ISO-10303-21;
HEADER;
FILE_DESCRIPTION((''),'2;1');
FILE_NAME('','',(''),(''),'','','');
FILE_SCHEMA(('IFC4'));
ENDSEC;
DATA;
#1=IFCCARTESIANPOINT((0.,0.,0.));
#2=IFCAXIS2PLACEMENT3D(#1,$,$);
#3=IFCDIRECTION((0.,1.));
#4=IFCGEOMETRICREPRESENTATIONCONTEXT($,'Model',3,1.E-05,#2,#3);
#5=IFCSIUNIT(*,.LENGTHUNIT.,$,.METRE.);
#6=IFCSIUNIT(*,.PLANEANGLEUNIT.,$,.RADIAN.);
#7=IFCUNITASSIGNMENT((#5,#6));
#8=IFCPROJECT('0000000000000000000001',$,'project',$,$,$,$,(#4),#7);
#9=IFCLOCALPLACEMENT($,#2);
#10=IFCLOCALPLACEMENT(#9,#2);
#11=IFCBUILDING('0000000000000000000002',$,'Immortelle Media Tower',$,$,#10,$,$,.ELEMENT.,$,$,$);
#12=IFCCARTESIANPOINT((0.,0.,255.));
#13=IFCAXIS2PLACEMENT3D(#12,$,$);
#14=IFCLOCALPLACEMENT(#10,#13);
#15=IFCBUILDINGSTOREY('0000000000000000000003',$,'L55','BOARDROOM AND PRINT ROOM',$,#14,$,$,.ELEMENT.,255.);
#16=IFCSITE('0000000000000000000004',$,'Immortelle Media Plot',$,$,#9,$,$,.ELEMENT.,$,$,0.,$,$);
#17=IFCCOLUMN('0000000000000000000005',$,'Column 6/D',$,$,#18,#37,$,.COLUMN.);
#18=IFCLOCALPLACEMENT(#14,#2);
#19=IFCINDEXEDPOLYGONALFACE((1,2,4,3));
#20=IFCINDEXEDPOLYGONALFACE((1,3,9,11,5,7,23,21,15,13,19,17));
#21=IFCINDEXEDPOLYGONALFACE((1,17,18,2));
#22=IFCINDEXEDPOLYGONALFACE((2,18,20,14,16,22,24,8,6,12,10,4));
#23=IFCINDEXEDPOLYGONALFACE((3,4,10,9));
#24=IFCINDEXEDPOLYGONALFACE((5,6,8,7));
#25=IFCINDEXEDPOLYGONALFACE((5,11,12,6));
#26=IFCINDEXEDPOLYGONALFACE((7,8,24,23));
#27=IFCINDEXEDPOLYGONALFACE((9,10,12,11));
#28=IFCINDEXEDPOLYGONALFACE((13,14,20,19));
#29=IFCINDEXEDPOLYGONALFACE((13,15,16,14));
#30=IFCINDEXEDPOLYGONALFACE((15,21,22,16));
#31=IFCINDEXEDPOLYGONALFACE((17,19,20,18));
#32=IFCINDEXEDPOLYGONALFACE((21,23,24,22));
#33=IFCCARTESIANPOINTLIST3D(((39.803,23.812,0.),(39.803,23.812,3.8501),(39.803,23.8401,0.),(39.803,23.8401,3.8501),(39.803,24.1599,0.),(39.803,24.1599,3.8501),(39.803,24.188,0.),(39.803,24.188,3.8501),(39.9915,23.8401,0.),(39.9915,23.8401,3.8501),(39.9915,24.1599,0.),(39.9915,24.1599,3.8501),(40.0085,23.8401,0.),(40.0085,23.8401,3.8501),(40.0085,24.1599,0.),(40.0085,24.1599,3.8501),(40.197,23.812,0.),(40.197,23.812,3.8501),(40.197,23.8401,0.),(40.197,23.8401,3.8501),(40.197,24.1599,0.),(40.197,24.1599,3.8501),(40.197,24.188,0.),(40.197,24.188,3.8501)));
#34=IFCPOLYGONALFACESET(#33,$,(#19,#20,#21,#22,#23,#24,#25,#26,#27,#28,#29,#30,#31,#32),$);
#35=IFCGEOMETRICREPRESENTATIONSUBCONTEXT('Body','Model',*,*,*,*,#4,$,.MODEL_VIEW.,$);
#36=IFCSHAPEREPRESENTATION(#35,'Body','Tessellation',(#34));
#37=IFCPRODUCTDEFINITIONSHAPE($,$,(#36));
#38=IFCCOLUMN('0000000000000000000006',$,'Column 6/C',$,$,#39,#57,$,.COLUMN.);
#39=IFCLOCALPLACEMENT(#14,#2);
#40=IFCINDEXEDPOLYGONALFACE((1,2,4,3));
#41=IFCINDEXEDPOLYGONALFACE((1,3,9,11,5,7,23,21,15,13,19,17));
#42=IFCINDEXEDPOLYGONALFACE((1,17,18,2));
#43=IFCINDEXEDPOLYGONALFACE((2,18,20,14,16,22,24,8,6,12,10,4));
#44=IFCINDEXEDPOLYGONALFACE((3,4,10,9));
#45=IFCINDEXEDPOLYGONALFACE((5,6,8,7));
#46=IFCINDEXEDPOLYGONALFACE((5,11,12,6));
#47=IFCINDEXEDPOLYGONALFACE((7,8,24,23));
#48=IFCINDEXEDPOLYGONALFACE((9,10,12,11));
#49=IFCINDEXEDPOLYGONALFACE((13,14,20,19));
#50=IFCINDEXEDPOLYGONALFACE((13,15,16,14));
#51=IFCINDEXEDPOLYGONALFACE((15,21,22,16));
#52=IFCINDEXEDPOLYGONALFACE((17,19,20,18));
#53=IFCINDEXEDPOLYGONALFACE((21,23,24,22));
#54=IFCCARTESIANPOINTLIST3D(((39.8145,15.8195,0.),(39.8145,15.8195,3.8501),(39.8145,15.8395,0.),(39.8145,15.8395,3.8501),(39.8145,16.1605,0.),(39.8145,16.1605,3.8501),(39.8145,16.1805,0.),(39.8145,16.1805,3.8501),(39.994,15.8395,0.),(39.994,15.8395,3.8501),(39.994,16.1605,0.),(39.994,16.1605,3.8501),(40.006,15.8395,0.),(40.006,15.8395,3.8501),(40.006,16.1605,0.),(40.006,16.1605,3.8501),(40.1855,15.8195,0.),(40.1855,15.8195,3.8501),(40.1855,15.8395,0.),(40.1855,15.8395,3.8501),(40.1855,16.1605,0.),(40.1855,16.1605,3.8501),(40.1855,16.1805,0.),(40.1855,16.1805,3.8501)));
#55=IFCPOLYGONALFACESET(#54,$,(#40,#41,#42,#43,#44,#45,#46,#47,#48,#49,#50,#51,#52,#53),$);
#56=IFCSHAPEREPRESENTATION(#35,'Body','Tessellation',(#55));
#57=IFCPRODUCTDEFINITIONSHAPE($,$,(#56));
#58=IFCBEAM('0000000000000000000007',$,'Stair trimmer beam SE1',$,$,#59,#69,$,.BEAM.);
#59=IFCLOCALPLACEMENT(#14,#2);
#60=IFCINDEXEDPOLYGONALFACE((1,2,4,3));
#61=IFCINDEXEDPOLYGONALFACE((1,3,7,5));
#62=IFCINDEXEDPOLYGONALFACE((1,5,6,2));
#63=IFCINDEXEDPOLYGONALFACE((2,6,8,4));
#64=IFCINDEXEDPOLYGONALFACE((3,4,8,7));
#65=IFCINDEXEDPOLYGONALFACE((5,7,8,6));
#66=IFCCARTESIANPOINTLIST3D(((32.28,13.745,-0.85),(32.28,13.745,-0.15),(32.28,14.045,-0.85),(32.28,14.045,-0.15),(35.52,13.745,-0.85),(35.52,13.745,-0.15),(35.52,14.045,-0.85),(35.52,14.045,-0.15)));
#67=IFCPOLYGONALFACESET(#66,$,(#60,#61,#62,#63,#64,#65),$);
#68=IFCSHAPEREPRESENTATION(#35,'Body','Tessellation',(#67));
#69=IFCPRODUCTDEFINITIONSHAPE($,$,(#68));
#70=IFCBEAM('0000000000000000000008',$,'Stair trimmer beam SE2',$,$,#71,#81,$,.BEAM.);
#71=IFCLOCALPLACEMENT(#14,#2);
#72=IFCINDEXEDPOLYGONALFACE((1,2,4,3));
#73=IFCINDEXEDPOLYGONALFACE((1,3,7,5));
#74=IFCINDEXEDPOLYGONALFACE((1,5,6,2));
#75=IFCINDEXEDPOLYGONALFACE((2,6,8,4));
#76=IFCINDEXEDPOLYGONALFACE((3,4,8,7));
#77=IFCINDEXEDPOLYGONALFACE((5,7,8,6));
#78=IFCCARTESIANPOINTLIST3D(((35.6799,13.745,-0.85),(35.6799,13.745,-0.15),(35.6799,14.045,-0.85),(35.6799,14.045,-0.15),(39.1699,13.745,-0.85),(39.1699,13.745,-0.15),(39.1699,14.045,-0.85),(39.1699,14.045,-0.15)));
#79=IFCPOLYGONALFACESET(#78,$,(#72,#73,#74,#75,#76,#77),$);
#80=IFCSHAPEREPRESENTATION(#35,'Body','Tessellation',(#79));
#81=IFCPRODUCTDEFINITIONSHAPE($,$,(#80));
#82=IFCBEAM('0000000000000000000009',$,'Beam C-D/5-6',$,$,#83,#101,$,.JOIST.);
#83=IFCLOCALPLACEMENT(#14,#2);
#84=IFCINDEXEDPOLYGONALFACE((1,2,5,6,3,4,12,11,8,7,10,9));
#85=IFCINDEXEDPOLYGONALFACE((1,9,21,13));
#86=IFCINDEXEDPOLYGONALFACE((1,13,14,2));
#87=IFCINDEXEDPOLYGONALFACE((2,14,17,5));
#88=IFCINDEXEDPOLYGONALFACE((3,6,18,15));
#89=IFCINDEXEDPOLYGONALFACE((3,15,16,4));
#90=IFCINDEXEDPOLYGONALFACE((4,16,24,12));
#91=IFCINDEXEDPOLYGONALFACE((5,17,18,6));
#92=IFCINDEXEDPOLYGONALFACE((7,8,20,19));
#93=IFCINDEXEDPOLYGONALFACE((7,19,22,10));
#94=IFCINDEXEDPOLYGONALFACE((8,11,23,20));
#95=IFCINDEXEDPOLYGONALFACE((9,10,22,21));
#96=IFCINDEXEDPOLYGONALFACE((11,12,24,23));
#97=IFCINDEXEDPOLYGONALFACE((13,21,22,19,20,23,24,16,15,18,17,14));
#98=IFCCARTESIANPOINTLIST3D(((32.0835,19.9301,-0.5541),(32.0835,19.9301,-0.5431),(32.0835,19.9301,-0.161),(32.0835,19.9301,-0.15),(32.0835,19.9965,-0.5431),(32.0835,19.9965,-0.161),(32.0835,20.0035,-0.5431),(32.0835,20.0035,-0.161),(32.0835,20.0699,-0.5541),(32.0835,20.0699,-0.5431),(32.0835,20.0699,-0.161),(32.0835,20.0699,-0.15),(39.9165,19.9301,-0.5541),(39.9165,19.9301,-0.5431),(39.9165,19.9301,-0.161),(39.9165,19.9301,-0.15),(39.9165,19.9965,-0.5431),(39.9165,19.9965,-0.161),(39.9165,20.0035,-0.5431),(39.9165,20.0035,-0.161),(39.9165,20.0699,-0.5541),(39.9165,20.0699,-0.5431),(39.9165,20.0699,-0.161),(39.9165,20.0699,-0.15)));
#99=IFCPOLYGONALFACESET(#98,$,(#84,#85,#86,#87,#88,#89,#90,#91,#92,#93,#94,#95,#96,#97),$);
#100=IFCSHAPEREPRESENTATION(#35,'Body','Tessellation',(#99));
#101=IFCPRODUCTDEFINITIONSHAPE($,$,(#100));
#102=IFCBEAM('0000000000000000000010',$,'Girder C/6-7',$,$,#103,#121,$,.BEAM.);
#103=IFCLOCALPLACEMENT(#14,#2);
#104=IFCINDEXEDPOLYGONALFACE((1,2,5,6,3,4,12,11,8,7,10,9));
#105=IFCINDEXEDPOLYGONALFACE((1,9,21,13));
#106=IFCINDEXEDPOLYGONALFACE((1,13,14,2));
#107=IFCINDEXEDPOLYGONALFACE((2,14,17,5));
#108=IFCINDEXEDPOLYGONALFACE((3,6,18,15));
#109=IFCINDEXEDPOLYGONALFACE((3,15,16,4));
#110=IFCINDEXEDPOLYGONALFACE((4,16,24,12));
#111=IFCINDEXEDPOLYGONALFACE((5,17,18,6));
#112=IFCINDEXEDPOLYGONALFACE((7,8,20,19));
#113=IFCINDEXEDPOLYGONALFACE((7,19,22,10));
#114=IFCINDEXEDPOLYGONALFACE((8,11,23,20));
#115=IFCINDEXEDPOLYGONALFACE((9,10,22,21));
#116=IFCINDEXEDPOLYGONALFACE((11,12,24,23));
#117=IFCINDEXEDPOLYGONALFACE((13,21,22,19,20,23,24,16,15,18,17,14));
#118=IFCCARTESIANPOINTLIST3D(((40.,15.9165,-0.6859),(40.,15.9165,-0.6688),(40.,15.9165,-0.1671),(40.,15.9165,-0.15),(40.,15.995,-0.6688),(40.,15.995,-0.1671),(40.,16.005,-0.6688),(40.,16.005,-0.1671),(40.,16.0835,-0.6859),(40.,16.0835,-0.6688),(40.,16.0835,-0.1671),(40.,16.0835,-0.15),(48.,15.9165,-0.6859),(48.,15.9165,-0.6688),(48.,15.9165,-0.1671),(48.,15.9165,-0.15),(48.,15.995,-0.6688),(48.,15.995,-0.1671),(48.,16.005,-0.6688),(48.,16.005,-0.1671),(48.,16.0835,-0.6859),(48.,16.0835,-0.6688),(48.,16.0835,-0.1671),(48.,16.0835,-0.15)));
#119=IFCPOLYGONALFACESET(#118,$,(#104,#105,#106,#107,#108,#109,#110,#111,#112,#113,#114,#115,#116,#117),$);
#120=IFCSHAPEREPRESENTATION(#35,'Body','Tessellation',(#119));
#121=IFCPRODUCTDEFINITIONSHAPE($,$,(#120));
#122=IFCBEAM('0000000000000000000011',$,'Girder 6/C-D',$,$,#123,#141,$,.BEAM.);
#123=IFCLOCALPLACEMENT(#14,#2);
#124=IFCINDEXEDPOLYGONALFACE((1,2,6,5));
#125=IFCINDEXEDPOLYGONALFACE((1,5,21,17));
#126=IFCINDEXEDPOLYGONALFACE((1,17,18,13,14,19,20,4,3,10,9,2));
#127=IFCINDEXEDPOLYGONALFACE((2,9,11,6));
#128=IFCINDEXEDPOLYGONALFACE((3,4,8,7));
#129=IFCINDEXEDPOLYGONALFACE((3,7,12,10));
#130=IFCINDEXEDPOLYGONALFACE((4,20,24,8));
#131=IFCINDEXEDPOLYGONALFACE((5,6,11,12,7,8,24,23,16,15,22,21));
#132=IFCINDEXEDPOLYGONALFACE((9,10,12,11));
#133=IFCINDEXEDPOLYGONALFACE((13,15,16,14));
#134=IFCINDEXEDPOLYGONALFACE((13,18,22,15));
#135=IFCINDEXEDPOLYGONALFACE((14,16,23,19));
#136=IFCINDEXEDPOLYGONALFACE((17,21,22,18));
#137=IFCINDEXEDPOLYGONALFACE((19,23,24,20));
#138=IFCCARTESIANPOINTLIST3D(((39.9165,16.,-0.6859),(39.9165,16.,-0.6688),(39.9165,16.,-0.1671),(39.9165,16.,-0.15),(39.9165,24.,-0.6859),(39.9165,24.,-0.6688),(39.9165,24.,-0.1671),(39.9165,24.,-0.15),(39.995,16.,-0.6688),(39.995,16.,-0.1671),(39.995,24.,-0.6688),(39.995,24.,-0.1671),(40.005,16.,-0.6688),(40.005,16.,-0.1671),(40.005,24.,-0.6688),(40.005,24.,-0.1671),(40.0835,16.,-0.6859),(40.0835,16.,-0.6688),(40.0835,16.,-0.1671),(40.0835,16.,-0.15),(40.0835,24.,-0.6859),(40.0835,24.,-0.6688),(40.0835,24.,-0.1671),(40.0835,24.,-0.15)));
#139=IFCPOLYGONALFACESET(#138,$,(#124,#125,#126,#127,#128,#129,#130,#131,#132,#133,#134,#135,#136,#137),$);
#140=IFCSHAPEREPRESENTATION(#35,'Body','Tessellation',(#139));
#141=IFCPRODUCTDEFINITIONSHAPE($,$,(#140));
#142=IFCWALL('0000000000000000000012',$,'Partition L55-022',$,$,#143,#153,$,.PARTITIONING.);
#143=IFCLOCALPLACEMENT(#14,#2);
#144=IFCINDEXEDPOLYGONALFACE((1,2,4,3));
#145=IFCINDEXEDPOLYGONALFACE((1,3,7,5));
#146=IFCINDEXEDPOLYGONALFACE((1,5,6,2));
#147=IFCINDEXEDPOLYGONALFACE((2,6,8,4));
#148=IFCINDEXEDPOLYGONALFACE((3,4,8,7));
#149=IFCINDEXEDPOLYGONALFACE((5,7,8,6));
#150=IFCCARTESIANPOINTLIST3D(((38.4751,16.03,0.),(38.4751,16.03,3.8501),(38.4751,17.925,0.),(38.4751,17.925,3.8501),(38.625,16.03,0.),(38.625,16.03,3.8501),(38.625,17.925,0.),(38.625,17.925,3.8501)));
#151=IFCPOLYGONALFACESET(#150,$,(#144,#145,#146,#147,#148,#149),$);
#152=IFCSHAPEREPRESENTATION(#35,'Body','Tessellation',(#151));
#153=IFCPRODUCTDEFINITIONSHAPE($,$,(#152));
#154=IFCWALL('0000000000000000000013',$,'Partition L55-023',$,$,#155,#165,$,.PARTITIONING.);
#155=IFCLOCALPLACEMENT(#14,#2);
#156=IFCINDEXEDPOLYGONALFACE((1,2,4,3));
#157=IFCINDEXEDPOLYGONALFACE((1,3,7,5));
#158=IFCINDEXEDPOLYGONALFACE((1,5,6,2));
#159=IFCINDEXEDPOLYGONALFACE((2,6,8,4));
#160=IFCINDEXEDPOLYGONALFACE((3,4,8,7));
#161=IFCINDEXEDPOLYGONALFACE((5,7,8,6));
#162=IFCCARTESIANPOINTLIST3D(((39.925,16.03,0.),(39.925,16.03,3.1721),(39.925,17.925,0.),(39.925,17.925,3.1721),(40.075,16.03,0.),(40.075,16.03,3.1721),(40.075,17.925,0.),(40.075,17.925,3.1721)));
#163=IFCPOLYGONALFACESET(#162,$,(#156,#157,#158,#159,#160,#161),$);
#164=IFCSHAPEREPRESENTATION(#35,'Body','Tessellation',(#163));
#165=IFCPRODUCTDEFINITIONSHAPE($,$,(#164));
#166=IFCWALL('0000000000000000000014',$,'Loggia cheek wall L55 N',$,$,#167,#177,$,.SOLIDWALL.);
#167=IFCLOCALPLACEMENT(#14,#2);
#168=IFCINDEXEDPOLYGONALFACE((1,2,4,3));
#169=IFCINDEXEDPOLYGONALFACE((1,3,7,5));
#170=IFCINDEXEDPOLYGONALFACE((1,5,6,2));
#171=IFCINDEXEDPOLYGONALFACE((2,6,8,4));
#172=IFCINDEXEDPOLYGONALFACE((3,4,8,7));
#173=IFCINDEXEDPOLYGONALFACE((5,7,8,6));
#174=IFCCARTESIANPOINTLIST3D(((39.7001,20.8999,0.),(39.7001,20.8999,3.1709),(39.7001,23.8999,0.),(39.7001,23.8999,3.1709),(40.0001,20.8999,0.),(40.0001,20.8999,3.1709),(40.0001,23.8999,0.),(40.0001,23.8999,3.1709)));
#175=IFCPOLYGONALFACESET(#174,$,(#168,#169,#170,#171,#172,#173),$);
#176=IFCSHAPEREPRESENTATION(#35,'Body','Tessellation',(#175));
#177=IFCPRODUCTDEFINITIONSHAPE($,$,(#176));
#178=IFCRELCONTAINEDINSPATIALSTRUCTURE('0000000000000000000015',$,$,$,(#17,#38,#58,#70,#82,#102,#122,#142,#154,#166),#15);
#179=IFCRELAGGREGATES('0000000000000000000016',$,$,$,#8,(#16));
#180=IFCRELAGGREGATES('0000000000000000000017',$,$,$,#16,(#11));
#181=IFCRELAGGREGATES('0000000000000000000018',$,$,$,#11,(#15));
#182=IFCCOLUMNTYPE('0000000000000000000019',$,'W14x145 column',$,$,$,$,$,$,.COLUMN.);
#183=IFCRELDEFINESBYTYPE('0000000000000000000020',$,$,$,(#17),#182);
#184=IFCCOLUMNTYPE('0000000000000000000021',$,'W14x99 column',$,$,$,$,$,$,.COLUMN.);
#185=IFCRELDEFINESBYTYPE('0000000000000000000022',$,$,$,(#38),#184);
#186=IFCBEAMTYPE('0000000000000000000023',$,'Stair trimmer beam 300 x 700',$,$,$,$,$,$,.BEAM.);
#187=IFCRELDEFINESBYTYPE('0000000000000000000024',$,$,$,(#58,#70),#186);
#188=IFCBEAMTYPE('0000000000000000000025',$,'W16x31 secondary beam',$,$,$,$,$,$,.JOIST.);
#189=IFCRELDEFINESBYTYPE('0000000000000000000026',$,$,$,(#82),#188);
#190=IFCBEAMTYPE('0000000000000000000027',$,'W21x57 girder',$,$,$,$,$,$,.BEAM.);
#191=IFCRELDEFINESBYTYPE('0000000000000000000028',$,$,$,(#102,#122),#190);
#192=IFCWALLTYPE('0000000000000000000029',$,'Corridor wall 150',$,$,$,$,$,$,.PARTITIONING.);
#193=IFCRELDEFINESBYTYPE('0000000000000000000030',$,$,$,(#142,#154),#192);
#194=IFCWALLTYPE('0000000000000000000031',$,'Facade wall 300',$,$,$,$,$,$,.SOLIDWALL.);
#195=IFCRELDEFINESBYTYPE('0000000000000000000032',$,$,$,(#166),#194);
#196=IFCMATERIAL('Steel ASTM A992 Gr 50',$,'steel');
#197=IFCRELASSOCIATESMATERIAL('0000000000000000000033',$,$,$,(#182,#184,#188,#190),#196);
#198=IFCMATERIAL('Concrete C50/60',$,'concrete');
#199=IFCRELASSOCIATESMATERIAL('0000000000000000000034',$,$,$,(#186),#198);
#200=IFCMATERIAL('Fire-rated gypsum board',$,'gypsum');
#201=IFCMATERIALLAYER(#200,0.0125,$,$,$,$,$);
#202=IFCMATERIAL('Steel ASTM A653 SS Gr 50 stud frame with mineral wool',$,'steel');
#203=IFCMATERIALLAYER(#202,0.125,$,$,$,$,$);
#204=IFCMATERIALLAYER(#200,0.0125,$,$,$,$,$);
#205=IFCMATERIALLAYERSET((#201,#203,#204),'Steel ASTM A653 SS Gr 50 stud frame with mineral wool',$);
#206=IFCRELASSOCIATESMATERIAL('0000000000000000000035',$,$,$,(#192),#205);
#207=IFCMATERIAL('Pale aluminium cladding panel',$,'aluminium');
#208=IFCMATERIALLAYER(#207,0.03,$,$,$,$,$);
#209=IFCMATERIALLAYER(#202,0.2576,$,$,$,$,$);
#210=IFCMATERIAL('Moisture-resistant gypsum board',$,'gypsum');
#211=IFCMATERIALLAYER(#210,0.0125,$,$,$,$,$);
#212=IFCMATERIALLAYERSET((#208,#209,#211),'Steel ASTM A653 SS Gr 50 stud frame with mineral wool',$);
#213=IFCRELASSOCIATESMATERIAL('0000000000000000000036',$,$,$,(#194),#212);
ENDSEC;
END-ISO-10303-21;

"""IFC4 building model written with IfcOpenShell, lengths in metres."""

from ifc_helpers import new_model, si_unit, direction, frame, frame_2d, origin, origin_2d, place, context, subcontext, project, spatial, rectangle, i_section, extrude, material, layer, layer_set, material_profile, profile_set, type_object, element, save


model = new_model("IFC4")

# Units and contexts
model_context = context("Model", 3, precision=1e-05, world=origin(), true_north=direction((0.0, 1.0)))
body_context = subcontext(model_context, "Body", "Model", "MODEL_VIEW")
ifc_project = project(units=[si_unit("LENGTHUNIT", "METRE"), si_unit("PLANEANGLEUNIT", "RADIAN")], contexts=[model_context])

# Site, building, storey
site_placement = place(None, origin())
site = spatial("IfcSite", under=ifc_project, at=site_placement, Name="Immortelle Media Plot", CompositionType="ELEMENT", RefElevation=0.0)
building_placement = place(site_placement, origin())
building = spatial("IfcBuilding", under=site, at=building_placement, Name="Immortelle Media Tower", CompositionType="ELEMENT")
storey_placement = place(building_placement, frame((0.0, 0.0, 255.0)))
storey = spatial("IfcBuildingStorey", under=building, at=storey_placement, Name="L55", Description="BOARDROOM AND PRINT ROOM", CompositionType="ELEMENT", Elevation=255.0)

# Columns
ifc_material_1 = material(Name="Steel ASTM A992 Gr 50", Category="steel")
ifc_material_profile_1 = material_profile(ifc_material_1, i_section(OverallWidth=0.394, OverallDepth=0.376, WebThickness=0.0171, FlangeThickness=0.0281, at=origin_2d()), Name="W14x145")
ifc_profile_set_1 = profile_set([ifc_material_profile_1], Name="Steel ASTM A992 Gr 50")
column_type_1 = type_object("IfcColumnType", Name="W14x145 column", PredefinedType="COLUMN", material=ifc_profile_set_1)
column_1_placement = place(storey_placement, frame((40.0, 24.0, 0.0), z_axis=(0.0, 0.0, 1.0), x_axis=(1.0, 0.0, 0.0)))
element("IfcColumn", 1, at=column_1_placement, inside=storey, type_object=column_type_1, Name="Column 6/D", PredefinedType="COLUMN", context=body_context, shape_type="SweptSolid", body=[
    extrude(i_section(OverallWidth=0.394, OverallDepth=0.376, WebThickness=0.0171, FlangeThickness=0.0281, at=origin_2d()), origin(), (0.0, 0.0, 1.0), 3.8501),
])
ifc_material_profile_2 = material_profile(ifc_material_1, i_section(OverallWidth=0.3711, OverallDepth=0.3611, WebThickness=0.012, FlangeThickness=0.02, at=origin_2d()), Name="W14x99")
ifc_profile_set_2 = profile_set([ifc_material_profile_2], Name="Steel ASTM A992 Gr 50")
column_type_2 = type_object("IfcColumnType", Name="W14x99 column", PredefinedType="COLUMN", material=ifc_profile_set_2)
column_2_placement = place(storey_placement, frame((40.0, 16.0, 0.0), z_axis=(0.0, 0.0, 1.0), x_axis=(1.0, 0.0, 0.0)))
element("IfcColumn", 2, at=column_2_placement, inside=storey, type_object=column_type_2, Name="Column 6/C", PredefinedType="COLUMN", context=body_context, shape_type="SweptSolid", body=[
    extrude(i_section(OverallWidth=0.3711, OverallDepth=0.3611, WebThickness=0.012, FlangeThickness=0.02, at=origin_2d()), origin(), (0.0, 0.0, 1.0), 3.8501),
])

# Beams
ifc_material_2 = material(Name="Concrete C50/60", Category="concrete")
ifc_material_profile_3 = material_profile(ifc_material_2, rectangle(XDim=0.3, YDim=0.7, at=origin_2d()), Name="RC 300x700")
ifc_profile_set_3 = profile_set([ifc_material_profile_3], Name="Concrete C50/60")
beam_type_1 = type_object("IfcBeamType", Name="Stair trimmer beam 300 x 700", PredefinedType="BEAM", material=ifc_profile_set_3)
beam_1_placement = place(storey_placement, frame((32.28, 13.895, -0.5), z_axis=(1.0, 0.0, 0.0), x_axis=(0.0, 1.0, 0.0)))
element("IfcBeam", 3, at=beam_1_placement, inside=storey, type_object=beam_type_1, Name="Stair trimmer beam SE1", PredefinedType="BEAM", context=body_context, shape_type="SweptSolid", body=[
    extrude(rectangle(XDim=0.3, YDim=0.7, at=origin_2d()), origin(), (0.0, 0.0, 1.0), 3.24),
])
beam_2_placement = place(storey_placement, frame((35.6799, 13.895, -0.5), z_axis=(1.0, 0.0, 0.0), x_axis=(0.0, 1.0, 0.0)))
element("IfcBeam", 4, at=beam_2_placement, inside=storey, type_object=beam_type_1, Name="Stair trimmer beam SE2", PredefinedType="BEAM", context=body_context, shape_type="SweptSolid", body=[
    extrude(rectangle(XDim=0.3, YDim=0.7, at=origin_2d()), origin(), (0.0, 0.0, 1.0), 3.49),
])
ifc_material_profile_4 = material_profile(ifc_material_1, i_section(OverallWidth=0.1399, OverallDepth=0.4041, WebThickness=0.0071, FlangeThickness=0.011, at=origin_2d()), Name="W16x31")
ifc_profile_set_4 = profile_set([ifc_material_profile_4], Name="Steel ASTM A992 Gr 50")
beam_type_2 = type_object("IfcBeamType", Name="W16x31 secondary beam", PredefinedType="JOIST", material=ifc_profile_set_4)
beam_3_placement = place(storey_placement, frame((32.0835, 20.0, -0.3521), z_axis=(1.0, 0.0, 0.0), x_axis=(0.0, 1.0, 0.0)))
element("IfcBeam", 5, at=beam_3_placement, inside=storey, type_object=beam_type_2, Name="Beam C-D/5-6", PredefinedType="JOIST", context=body_context, shape_type="SweptSolid", body=[
    extrude(i_section(OverallWidth=0.1399, OverallDepth=0.4041, WebThickness=0.0071, FlangeThickness=0.011, at=origin_2d()), origin(), (0.0, 0.0, 1.0), 7.833),
])
ifc_material_profile_5 = material_profile(ifc_material_1, i_section(OverallWidth=0.167, OverallDepth=0.5359, WebThickness=0.01, FlangeThickness=0.0171, at=origin_2d()), Name="W21x57")
ifc_profile_set_5 = profile_set([ifc_material_profile_5], Name="Steel ASTM A992 Gr 50")
beam_type_3 = type_object("IfcBeamType", Name="W21x57 girder", PredefinedType="BEAM", material=ifc_profile_set_5)
for number, where, z_axis, x_axis, name in (
    (6, (40.0, 16.0, -0.418), (1.0, 0.0, 0.0), (0.0, 1.0, 0.0), "Girder C/6-7"),
    (7, (40.0, 16.0, -0.418), (0.0, 1.0, 0.0), (-1.0, 0.0, 0.0), "Girder 6/C-D"),
):
    element("IfcBeam", number, at=place(storey_placement, frame(where, z_axis=z_axis, x_axis=x_axis)), inside=storey, type_object=beam_type_3, Name=name, PredefinedType="BEAM", context=body_context, shape_type="SweptSolid", body=[
        extrude(i_section(OverallWidth=0.167, OverallDepth=0.5359, WebThickness=0.01, FlangeThickness=0.0171, at=origin_2d()), origin(), (0.0, 0.0, 1.0), 8.0),
    ])

# Walls
ifc_material_3 = material(Name="Fire-rated gypsum board", Category="gypsum")
ifc_layer_1 = layer(ifc_material_3, 0.0125)
ifc_material_4 = material(Name="Steel ASTM A653 SS Gr 50 stud frame with mineral wool", Category="steel")
ifc_layer_2 = layer(ifc_material_4, 0.125)
ifc_layer_3 = layer(ifc_material_3, 0.0125)
ifc_layer_set_1 = layer_set([ifc_layer_1, ifc_layer_2, ifc_layer_3], Name="Steel ASTM A653 SS Gr 50 stud frame with mineral wool")
wall_type_1 = type_object("IfcWallType", Name="Corridor wall 150", PredefinedType="PARTITIONING", material=ifc_layer_set_1)
wall_1_placement = place(storey_placement, frame((38.55, 16.03, 0.0), z_axis=(0.0, 0.0, 1.0), x_axis=(0.0, 1.0, 0.0)))
element("IfcWall", 8, at=wall_1_placement, inside=storey, type_object=wall_type_1, Name="Partition L55-022", PredefinedType="PARTITIONING", context=body_context, shape_type="SweptSolid", body=[
    extrude(rectangle(XDim=1.895, YDim=0.1499, at=frame_2d((0.9475, 0.0))), origin(), (0.0, 0.0, 1.0), 3.8501),
])
wall_2_placement = place(storey_placement, frame((40.0, 16.03, 0.0), z_axis=(0.0, 0.0, 1.0), x_axis=(0.0, 1.0, 0.0)))
element("IfcWall", 9, at=wall_2_placement, inside=storey, type_object=wall_type_1, Name="Partition L55-023", PredefinedType="PARTITIONING", context=body_context, shape_type="SweptSolid", body=[
    extrude(rectangle(XDim=1.895, YDim=0.1499, at=frame_2d((0.9475, 0.0))), origin(), (0.0, 0.0, 1.0), 3.1721),
])

# Shared definitions
ifc_material_5 = material(Name="Pale aluminium cladding panel", Category="aluminium")
ifc_layer_4 = layer(ifc_material_5, 0.03)
ifc_layer_5 = layer(ifc_material_4, 0.2576)
ifc_material_6 = material(Name="Moisture-resistant gypsum board", Category="gypsum")
ifc_layer_6 = layer(ifc_material_6, 0.0125)
ifc_layer_set_2 = layer_set([ifc_layer_4, ifc_layer_5, ifc_layer_6], Name="Steel ASTM A653 SS Gr 50 stud frame with mineral wool")
wall_type_2 = type_object("IfcWallType", Name="Facade wall 300", PredefinedType="SOLIDWALL", material=ifc_layer_set_2)

# Wall
wall_3_placement = place(storey_placement, frame((39.8501, 23.8999, 0.0), z_axis=(0.0, 0.0, 1.0), x_axis=(0.0, -1.0, 0.0)))
element("IfcWall", 10, at=wall_3_placement, inside=storey, type_object=wall_type_2, Name="Loggia cheek wall L55 N", PredefinedType="SOLIDWALL", context=body_context, shape_type="SweptSolid", body=[
    extrude(rectangle(XDim=3.0, YDim=0.3, at=frame_2d((1.5, 0.0))), origin(), (0.0, 0.0, 1.0), 3.1709),
])

save(model, "model.ifc")
